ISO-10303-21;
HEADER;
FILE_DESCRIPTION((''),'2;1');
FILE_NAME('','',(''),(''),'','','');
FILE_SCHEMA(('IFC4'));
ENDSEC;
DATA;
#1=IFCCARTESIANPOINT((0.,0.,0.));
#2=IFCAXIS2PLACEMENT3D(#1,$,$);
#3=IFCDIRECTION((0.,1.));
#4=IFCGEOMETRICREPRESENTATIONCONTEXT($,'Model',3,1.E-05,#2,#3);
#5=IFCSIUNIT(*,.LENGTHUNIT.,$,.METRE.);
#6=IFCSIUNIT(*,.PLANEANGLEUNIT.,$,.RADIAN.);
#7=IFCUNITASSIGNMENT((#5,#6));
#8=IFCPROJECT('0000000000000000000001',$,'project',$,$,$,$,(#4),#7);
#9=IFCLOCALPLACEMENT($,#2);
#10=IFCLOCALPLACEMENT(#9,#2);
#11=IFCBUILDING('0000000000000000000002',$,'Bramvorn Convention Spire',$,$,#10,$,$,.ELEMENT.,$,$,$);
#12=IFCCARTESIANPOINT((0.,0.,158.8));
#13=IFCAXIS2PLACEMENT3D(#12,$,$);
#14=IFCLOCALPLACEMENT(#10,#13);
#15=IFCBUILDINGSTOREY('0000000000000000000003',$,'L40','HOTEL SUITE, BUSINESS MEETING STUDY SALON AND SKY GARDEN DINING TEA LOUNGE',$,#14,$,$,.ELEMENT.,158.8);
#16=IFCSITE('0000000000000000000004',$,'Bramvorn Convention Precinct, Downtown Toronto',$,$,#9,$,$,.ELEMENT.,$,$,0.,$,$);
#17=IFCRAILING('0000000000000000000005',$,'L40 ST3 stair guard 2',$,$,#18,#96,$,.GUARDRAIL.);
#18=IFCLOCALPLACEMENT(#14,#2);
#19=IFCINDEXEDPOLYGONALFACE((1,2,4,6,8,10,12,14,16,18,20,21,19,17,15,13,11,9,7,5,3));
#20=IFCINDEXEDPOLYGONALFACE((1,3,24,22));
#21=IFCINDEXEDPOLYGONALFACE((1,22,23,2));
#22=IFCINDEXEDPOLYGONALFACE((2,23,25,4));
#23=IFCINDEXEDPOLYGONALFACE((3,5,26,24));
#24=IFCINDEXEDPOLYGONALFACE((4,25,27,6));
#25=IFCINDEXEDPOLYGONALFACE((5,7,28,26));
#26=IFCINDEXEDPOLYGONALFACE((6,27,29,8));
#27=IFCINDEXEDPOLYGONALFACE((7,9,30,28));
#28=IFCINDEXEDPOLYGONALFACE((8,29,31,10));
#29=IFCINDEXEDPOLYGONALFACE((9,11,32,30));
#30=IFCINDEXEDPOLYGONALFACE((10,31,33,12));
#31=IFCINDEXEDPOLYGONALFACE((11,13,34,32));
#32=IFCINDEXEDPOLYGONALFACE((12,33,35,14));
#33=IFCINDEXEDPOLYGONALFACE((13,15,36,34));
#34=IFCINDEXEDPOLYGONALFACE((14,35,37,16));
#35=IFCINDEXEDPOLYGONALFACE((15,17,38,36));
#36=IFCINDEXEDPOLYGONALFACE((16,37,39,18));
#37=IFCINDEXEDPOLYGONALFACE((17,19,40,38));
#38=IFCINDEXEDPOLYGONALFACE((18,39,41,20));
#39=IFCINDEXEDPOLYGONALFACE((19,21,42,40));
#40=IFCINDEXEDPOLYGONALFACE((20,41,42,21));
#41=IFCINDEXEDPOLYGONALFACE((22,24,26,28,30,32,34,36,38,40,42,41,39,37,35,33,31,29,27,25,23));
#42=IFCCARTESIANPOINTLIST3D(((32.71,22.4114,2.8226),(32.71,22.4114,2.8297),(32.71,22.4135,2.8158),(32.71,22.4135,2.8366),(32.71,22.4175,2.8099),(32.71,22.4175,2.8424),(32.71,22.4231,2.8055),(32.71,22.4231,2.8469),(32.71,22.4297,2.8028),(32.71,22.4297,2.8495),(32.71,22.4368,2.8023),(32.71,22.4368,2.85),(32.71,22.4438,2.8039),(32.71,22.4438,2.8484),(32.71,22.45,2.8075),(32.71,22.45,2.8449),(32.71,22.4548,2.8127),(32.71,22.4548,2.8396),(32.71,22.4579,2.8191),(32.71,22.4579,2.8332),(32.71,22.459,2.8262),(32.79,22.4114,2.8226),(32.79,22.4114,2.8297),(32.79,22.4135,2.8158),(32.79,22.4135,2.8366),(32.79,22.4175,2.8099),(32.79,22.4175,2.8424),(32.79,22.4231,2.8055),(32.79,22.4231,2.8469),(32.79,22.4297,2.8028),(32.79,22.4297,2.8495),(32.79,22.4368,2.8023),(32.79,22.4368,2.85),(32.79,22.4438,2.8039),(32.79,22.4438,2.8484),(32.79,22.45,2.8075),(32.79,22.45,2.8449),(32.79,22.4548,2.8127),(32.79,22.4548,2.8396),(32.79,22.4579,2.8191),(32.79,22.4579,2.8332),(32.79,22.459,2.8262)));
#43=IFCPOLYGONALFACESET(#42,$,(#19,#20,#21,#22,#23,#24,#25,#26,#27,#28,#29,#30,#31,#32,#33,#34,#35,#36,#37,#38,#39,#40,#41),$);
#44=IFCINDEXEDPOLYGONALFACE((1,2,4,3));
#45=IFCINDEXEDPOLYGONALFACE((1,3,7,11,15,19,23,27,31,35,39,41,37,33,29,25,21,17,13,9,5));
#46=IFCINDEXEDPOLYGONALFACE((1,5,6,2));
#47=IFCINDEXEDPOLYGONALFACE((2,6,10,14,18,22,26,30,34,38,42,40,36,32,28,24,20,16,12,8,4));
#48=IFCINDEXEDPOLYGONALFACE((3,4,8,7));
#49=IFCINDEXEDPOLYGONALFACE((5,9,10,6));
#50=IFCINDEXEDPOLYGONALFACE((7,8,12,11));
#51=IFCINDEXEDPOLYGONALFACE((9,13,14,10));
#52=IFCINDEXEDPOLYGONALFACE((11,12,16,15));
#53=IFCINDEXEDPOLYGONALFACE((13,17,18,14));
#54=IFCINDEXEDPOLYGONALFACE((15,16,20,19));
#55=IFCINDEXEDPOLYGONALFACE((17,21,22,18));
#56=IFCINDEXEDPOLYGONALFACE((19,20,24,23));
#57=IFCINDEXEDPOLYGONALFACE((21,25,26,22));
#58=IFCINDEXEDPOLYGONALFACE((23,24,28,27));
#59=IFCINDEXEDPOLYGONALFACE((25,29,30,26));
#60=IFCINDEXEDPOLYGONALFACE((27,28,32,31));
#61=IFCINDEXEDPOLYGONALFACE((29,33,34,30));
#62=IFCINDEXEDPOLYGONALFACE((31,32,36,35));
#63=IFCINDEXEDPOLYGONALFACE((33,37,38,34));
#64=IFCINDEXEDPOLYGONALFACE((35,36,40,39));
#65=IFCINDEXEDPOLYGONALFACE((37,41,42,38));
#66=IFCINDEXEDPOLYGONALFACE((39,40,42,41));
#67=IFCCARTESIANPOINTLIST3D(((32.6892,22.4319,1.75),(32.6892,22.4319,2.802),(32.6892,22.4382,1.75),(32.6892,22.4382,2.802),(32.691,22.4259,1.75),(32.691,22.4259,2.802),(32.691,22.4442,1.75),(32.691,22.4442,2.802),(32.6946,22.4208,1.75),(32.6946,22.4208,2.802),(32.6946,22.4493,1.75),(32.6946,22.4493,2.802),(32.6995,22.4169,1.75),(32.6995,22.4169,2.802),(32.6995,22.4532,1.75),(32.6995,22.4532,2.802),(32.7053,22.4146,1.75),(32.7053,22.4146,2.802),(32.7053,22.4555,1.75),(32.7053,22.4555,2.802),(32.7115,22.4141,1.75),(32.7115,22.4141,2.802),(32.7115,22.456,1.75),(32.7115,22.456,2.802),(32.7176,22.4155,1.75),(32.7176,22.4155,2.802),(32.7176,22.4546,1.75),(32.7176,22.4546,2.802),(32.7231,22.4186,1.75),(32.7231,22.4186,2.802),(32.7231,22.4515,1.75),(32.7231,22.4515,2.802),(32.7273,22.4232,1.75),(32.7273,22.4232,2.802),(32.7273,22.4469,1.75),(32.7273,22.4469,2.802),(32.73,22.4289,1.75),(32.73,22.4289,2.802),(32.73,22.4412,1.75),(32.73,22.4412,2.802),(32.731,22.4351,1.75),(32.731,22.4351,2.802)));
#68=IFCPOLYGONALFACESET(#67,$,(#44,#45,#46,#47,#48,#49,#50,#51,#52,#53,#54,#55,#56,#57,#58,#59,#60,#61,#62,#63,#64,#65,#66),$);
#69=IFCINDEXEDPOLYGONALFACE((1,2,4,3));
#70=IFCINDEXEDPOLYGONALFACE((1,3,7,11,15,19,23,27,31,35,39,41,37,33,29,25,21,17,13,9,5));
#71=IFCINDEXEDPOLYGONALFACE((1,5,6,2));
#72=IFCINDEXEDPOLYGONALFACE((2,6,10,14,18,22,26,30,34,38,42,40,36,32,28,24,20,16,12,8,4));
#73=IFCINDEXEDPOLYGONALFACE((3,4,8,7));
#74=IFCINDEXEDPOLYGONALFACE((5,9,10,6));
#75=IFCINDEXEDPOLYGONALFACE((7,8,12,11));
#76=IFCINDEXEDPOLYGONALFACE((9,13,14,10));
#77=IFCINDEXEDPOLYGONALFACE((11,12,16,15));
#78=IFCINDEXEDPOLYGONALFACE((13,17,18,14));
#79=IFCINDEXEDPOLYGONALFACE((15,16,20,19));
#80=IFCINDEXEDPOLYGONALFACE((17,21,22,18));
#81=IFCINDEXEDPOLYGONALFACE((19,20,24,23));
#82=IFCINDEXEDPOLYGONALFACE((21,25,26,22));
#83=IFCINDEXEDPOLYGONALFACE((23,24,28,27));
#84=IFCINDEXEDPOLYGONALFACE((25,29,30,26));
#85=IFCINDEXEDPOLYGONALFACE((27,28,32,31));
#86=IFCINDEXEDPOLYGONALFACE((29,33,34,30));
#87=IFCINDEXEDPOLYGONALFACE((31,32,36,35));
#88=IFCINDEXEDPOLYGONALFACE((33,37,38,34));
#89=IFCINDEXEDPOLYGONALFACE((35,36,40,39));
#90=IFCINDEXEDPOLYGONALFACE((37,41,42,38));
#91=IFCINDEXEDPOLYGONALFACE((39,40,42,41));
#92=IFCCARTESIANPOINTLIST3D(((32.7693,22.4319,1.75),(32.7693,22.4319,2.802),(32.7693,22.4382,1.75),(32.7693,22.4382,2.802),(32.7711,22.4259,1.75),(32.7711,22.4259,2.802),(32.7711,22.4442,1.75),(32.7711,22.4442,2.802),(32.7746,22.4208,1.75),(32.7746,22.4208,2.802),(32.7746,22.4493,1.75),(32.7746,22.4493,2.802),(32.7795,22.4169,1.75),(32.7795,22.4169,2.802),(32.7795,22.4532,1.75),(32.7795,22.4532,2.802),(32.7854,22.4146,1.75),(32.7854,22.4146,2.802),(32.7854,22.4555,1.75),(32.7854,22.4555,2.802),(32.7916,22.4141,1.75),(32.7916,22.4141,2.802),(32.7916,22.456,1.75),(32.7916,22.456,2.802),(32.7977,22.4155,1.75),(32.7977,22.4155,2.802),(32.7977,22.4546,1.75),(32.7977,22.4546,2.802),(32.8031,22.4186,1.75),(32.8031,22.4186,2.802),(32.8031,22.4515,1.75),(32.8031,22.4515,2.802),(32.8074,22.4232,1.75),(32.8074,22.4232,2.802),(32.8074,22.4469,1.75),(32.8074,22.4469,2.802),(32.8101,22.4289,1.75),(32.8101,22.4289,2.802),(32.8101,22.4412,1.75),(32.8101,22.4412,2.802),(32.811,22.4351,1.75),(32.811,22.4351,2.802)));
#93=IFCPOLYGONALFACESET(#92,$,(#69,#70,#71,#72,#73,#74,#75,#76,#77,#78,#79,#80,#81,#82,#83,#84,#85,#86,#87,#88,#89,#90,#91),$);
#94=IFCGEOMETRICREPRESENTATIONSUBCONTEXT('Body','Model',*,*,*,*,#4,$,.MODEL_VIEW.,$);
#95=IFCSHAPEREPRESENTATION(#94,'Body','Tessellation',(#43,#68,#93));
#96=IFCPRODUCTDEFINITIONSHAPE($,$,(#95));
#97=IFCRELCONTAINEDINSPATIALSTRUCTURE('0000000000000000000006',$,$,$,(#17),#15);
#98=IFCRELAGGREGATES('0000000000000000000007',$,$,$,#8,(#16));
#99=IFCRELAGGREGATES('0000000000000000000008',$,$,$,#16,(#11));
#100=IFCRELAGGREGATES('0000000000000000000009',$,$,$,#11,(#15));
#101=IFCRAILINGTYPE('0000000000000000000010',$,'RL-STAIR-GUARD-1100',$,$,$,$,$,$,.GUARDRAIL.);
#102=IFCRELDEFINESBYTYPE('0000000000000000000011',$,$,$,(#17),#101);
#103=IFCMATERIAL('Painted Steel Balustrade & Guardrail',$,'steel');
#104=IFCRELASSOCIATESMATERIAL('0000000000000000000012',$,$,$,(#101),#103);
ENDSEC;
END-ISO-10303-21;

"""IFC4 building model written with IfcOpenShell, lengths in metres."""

from ifc_helpers import new_model, si_unit, direction, frame, origin, origin_2d, place, context, subcontext, project, spatial, circle, extrude, material, type_object, element, save


model = new_model("IFC4")

# Units and contexts
model_context = context("Model", 3, precision=1e-05, world=origin(), true_north=direction((0.0, 1.0)))
body_context = subcontext(model_context, "Body", "Model", "MODEL_VIEW")
ifc_project = project(units=[si_unit("LENGTHUNIT", "METRE"), si_unit("PLANEANGLEUNIT", "RADIAN")], contexts=[model_context])

# Site, building, storey
site_placement = place(None, origin())
site = spatial("IfcSite", under=ifc_project, at=site_placement, Name="Bramvorn Convention Precinct, Downtown Toronto", CompositionType="ELEMENT", RefElevation=0.0)
building_placement = place(site_placement, origin())
building = spatial("IfcBuilding", under=site, at=building_placement, Name="Bramvorn Convention Spire", CompositionType="ELEMENT")
storey_placement = place(building_placement, frame((0.0, 0.0, 158.8)))
storey = spatial("IfcBuildingStorey", under=building, at=storey_placement, Name="L40", Description="HOTEL SUITE, BUSINESS MEETING STUDY SALON AND SKY GARDEN DINING TEA LOUNGE", CompositionType="ELEMENT", Elevation=158.8)

# Railing
ifc_material_1 = material(Name="Painted Steel Balustrade & Guardrail", Category="steel")
railing_type_1 = type_object("IfcRailingType", Name="RL-STAIR-GUARD-1100", PredefinedType="GUARDRAIL", material=ifc_material_1)
railing_1_placement = place(storey_placement, frame((32.71, 22.4351, 1.75)))
element("IfcRailing", 1, at=railing_1_placement, inside=storey, type_object=railing_type_1, Name="L40 ST3 stair guard 2", PredefinedType="GUARDRAIL", context=body_context, shape_type="SweptSolid", body=[
    extrude(circle(Radius=0.0239, at=origin_2d()), frame((0.0, 0.0, 1.0762), z_axis=(1.0, 0.0, 0.0), x_axis=(0.0, 1.0, 0.0)), (0.0, 0.0, 1.0), 0.0801),
    extrude(circle(Radius=0.021, at=origin_2d()), origin(), (0.0, 0.0, 1.0), 1.052),
    extrude(circle(Radius=0.021, at=origin_2d()), frame((0.0801, 0.0, 0.0)), (0.0, 0.0, 1.0), 1.052),
])

save(model, "model.ifc")
